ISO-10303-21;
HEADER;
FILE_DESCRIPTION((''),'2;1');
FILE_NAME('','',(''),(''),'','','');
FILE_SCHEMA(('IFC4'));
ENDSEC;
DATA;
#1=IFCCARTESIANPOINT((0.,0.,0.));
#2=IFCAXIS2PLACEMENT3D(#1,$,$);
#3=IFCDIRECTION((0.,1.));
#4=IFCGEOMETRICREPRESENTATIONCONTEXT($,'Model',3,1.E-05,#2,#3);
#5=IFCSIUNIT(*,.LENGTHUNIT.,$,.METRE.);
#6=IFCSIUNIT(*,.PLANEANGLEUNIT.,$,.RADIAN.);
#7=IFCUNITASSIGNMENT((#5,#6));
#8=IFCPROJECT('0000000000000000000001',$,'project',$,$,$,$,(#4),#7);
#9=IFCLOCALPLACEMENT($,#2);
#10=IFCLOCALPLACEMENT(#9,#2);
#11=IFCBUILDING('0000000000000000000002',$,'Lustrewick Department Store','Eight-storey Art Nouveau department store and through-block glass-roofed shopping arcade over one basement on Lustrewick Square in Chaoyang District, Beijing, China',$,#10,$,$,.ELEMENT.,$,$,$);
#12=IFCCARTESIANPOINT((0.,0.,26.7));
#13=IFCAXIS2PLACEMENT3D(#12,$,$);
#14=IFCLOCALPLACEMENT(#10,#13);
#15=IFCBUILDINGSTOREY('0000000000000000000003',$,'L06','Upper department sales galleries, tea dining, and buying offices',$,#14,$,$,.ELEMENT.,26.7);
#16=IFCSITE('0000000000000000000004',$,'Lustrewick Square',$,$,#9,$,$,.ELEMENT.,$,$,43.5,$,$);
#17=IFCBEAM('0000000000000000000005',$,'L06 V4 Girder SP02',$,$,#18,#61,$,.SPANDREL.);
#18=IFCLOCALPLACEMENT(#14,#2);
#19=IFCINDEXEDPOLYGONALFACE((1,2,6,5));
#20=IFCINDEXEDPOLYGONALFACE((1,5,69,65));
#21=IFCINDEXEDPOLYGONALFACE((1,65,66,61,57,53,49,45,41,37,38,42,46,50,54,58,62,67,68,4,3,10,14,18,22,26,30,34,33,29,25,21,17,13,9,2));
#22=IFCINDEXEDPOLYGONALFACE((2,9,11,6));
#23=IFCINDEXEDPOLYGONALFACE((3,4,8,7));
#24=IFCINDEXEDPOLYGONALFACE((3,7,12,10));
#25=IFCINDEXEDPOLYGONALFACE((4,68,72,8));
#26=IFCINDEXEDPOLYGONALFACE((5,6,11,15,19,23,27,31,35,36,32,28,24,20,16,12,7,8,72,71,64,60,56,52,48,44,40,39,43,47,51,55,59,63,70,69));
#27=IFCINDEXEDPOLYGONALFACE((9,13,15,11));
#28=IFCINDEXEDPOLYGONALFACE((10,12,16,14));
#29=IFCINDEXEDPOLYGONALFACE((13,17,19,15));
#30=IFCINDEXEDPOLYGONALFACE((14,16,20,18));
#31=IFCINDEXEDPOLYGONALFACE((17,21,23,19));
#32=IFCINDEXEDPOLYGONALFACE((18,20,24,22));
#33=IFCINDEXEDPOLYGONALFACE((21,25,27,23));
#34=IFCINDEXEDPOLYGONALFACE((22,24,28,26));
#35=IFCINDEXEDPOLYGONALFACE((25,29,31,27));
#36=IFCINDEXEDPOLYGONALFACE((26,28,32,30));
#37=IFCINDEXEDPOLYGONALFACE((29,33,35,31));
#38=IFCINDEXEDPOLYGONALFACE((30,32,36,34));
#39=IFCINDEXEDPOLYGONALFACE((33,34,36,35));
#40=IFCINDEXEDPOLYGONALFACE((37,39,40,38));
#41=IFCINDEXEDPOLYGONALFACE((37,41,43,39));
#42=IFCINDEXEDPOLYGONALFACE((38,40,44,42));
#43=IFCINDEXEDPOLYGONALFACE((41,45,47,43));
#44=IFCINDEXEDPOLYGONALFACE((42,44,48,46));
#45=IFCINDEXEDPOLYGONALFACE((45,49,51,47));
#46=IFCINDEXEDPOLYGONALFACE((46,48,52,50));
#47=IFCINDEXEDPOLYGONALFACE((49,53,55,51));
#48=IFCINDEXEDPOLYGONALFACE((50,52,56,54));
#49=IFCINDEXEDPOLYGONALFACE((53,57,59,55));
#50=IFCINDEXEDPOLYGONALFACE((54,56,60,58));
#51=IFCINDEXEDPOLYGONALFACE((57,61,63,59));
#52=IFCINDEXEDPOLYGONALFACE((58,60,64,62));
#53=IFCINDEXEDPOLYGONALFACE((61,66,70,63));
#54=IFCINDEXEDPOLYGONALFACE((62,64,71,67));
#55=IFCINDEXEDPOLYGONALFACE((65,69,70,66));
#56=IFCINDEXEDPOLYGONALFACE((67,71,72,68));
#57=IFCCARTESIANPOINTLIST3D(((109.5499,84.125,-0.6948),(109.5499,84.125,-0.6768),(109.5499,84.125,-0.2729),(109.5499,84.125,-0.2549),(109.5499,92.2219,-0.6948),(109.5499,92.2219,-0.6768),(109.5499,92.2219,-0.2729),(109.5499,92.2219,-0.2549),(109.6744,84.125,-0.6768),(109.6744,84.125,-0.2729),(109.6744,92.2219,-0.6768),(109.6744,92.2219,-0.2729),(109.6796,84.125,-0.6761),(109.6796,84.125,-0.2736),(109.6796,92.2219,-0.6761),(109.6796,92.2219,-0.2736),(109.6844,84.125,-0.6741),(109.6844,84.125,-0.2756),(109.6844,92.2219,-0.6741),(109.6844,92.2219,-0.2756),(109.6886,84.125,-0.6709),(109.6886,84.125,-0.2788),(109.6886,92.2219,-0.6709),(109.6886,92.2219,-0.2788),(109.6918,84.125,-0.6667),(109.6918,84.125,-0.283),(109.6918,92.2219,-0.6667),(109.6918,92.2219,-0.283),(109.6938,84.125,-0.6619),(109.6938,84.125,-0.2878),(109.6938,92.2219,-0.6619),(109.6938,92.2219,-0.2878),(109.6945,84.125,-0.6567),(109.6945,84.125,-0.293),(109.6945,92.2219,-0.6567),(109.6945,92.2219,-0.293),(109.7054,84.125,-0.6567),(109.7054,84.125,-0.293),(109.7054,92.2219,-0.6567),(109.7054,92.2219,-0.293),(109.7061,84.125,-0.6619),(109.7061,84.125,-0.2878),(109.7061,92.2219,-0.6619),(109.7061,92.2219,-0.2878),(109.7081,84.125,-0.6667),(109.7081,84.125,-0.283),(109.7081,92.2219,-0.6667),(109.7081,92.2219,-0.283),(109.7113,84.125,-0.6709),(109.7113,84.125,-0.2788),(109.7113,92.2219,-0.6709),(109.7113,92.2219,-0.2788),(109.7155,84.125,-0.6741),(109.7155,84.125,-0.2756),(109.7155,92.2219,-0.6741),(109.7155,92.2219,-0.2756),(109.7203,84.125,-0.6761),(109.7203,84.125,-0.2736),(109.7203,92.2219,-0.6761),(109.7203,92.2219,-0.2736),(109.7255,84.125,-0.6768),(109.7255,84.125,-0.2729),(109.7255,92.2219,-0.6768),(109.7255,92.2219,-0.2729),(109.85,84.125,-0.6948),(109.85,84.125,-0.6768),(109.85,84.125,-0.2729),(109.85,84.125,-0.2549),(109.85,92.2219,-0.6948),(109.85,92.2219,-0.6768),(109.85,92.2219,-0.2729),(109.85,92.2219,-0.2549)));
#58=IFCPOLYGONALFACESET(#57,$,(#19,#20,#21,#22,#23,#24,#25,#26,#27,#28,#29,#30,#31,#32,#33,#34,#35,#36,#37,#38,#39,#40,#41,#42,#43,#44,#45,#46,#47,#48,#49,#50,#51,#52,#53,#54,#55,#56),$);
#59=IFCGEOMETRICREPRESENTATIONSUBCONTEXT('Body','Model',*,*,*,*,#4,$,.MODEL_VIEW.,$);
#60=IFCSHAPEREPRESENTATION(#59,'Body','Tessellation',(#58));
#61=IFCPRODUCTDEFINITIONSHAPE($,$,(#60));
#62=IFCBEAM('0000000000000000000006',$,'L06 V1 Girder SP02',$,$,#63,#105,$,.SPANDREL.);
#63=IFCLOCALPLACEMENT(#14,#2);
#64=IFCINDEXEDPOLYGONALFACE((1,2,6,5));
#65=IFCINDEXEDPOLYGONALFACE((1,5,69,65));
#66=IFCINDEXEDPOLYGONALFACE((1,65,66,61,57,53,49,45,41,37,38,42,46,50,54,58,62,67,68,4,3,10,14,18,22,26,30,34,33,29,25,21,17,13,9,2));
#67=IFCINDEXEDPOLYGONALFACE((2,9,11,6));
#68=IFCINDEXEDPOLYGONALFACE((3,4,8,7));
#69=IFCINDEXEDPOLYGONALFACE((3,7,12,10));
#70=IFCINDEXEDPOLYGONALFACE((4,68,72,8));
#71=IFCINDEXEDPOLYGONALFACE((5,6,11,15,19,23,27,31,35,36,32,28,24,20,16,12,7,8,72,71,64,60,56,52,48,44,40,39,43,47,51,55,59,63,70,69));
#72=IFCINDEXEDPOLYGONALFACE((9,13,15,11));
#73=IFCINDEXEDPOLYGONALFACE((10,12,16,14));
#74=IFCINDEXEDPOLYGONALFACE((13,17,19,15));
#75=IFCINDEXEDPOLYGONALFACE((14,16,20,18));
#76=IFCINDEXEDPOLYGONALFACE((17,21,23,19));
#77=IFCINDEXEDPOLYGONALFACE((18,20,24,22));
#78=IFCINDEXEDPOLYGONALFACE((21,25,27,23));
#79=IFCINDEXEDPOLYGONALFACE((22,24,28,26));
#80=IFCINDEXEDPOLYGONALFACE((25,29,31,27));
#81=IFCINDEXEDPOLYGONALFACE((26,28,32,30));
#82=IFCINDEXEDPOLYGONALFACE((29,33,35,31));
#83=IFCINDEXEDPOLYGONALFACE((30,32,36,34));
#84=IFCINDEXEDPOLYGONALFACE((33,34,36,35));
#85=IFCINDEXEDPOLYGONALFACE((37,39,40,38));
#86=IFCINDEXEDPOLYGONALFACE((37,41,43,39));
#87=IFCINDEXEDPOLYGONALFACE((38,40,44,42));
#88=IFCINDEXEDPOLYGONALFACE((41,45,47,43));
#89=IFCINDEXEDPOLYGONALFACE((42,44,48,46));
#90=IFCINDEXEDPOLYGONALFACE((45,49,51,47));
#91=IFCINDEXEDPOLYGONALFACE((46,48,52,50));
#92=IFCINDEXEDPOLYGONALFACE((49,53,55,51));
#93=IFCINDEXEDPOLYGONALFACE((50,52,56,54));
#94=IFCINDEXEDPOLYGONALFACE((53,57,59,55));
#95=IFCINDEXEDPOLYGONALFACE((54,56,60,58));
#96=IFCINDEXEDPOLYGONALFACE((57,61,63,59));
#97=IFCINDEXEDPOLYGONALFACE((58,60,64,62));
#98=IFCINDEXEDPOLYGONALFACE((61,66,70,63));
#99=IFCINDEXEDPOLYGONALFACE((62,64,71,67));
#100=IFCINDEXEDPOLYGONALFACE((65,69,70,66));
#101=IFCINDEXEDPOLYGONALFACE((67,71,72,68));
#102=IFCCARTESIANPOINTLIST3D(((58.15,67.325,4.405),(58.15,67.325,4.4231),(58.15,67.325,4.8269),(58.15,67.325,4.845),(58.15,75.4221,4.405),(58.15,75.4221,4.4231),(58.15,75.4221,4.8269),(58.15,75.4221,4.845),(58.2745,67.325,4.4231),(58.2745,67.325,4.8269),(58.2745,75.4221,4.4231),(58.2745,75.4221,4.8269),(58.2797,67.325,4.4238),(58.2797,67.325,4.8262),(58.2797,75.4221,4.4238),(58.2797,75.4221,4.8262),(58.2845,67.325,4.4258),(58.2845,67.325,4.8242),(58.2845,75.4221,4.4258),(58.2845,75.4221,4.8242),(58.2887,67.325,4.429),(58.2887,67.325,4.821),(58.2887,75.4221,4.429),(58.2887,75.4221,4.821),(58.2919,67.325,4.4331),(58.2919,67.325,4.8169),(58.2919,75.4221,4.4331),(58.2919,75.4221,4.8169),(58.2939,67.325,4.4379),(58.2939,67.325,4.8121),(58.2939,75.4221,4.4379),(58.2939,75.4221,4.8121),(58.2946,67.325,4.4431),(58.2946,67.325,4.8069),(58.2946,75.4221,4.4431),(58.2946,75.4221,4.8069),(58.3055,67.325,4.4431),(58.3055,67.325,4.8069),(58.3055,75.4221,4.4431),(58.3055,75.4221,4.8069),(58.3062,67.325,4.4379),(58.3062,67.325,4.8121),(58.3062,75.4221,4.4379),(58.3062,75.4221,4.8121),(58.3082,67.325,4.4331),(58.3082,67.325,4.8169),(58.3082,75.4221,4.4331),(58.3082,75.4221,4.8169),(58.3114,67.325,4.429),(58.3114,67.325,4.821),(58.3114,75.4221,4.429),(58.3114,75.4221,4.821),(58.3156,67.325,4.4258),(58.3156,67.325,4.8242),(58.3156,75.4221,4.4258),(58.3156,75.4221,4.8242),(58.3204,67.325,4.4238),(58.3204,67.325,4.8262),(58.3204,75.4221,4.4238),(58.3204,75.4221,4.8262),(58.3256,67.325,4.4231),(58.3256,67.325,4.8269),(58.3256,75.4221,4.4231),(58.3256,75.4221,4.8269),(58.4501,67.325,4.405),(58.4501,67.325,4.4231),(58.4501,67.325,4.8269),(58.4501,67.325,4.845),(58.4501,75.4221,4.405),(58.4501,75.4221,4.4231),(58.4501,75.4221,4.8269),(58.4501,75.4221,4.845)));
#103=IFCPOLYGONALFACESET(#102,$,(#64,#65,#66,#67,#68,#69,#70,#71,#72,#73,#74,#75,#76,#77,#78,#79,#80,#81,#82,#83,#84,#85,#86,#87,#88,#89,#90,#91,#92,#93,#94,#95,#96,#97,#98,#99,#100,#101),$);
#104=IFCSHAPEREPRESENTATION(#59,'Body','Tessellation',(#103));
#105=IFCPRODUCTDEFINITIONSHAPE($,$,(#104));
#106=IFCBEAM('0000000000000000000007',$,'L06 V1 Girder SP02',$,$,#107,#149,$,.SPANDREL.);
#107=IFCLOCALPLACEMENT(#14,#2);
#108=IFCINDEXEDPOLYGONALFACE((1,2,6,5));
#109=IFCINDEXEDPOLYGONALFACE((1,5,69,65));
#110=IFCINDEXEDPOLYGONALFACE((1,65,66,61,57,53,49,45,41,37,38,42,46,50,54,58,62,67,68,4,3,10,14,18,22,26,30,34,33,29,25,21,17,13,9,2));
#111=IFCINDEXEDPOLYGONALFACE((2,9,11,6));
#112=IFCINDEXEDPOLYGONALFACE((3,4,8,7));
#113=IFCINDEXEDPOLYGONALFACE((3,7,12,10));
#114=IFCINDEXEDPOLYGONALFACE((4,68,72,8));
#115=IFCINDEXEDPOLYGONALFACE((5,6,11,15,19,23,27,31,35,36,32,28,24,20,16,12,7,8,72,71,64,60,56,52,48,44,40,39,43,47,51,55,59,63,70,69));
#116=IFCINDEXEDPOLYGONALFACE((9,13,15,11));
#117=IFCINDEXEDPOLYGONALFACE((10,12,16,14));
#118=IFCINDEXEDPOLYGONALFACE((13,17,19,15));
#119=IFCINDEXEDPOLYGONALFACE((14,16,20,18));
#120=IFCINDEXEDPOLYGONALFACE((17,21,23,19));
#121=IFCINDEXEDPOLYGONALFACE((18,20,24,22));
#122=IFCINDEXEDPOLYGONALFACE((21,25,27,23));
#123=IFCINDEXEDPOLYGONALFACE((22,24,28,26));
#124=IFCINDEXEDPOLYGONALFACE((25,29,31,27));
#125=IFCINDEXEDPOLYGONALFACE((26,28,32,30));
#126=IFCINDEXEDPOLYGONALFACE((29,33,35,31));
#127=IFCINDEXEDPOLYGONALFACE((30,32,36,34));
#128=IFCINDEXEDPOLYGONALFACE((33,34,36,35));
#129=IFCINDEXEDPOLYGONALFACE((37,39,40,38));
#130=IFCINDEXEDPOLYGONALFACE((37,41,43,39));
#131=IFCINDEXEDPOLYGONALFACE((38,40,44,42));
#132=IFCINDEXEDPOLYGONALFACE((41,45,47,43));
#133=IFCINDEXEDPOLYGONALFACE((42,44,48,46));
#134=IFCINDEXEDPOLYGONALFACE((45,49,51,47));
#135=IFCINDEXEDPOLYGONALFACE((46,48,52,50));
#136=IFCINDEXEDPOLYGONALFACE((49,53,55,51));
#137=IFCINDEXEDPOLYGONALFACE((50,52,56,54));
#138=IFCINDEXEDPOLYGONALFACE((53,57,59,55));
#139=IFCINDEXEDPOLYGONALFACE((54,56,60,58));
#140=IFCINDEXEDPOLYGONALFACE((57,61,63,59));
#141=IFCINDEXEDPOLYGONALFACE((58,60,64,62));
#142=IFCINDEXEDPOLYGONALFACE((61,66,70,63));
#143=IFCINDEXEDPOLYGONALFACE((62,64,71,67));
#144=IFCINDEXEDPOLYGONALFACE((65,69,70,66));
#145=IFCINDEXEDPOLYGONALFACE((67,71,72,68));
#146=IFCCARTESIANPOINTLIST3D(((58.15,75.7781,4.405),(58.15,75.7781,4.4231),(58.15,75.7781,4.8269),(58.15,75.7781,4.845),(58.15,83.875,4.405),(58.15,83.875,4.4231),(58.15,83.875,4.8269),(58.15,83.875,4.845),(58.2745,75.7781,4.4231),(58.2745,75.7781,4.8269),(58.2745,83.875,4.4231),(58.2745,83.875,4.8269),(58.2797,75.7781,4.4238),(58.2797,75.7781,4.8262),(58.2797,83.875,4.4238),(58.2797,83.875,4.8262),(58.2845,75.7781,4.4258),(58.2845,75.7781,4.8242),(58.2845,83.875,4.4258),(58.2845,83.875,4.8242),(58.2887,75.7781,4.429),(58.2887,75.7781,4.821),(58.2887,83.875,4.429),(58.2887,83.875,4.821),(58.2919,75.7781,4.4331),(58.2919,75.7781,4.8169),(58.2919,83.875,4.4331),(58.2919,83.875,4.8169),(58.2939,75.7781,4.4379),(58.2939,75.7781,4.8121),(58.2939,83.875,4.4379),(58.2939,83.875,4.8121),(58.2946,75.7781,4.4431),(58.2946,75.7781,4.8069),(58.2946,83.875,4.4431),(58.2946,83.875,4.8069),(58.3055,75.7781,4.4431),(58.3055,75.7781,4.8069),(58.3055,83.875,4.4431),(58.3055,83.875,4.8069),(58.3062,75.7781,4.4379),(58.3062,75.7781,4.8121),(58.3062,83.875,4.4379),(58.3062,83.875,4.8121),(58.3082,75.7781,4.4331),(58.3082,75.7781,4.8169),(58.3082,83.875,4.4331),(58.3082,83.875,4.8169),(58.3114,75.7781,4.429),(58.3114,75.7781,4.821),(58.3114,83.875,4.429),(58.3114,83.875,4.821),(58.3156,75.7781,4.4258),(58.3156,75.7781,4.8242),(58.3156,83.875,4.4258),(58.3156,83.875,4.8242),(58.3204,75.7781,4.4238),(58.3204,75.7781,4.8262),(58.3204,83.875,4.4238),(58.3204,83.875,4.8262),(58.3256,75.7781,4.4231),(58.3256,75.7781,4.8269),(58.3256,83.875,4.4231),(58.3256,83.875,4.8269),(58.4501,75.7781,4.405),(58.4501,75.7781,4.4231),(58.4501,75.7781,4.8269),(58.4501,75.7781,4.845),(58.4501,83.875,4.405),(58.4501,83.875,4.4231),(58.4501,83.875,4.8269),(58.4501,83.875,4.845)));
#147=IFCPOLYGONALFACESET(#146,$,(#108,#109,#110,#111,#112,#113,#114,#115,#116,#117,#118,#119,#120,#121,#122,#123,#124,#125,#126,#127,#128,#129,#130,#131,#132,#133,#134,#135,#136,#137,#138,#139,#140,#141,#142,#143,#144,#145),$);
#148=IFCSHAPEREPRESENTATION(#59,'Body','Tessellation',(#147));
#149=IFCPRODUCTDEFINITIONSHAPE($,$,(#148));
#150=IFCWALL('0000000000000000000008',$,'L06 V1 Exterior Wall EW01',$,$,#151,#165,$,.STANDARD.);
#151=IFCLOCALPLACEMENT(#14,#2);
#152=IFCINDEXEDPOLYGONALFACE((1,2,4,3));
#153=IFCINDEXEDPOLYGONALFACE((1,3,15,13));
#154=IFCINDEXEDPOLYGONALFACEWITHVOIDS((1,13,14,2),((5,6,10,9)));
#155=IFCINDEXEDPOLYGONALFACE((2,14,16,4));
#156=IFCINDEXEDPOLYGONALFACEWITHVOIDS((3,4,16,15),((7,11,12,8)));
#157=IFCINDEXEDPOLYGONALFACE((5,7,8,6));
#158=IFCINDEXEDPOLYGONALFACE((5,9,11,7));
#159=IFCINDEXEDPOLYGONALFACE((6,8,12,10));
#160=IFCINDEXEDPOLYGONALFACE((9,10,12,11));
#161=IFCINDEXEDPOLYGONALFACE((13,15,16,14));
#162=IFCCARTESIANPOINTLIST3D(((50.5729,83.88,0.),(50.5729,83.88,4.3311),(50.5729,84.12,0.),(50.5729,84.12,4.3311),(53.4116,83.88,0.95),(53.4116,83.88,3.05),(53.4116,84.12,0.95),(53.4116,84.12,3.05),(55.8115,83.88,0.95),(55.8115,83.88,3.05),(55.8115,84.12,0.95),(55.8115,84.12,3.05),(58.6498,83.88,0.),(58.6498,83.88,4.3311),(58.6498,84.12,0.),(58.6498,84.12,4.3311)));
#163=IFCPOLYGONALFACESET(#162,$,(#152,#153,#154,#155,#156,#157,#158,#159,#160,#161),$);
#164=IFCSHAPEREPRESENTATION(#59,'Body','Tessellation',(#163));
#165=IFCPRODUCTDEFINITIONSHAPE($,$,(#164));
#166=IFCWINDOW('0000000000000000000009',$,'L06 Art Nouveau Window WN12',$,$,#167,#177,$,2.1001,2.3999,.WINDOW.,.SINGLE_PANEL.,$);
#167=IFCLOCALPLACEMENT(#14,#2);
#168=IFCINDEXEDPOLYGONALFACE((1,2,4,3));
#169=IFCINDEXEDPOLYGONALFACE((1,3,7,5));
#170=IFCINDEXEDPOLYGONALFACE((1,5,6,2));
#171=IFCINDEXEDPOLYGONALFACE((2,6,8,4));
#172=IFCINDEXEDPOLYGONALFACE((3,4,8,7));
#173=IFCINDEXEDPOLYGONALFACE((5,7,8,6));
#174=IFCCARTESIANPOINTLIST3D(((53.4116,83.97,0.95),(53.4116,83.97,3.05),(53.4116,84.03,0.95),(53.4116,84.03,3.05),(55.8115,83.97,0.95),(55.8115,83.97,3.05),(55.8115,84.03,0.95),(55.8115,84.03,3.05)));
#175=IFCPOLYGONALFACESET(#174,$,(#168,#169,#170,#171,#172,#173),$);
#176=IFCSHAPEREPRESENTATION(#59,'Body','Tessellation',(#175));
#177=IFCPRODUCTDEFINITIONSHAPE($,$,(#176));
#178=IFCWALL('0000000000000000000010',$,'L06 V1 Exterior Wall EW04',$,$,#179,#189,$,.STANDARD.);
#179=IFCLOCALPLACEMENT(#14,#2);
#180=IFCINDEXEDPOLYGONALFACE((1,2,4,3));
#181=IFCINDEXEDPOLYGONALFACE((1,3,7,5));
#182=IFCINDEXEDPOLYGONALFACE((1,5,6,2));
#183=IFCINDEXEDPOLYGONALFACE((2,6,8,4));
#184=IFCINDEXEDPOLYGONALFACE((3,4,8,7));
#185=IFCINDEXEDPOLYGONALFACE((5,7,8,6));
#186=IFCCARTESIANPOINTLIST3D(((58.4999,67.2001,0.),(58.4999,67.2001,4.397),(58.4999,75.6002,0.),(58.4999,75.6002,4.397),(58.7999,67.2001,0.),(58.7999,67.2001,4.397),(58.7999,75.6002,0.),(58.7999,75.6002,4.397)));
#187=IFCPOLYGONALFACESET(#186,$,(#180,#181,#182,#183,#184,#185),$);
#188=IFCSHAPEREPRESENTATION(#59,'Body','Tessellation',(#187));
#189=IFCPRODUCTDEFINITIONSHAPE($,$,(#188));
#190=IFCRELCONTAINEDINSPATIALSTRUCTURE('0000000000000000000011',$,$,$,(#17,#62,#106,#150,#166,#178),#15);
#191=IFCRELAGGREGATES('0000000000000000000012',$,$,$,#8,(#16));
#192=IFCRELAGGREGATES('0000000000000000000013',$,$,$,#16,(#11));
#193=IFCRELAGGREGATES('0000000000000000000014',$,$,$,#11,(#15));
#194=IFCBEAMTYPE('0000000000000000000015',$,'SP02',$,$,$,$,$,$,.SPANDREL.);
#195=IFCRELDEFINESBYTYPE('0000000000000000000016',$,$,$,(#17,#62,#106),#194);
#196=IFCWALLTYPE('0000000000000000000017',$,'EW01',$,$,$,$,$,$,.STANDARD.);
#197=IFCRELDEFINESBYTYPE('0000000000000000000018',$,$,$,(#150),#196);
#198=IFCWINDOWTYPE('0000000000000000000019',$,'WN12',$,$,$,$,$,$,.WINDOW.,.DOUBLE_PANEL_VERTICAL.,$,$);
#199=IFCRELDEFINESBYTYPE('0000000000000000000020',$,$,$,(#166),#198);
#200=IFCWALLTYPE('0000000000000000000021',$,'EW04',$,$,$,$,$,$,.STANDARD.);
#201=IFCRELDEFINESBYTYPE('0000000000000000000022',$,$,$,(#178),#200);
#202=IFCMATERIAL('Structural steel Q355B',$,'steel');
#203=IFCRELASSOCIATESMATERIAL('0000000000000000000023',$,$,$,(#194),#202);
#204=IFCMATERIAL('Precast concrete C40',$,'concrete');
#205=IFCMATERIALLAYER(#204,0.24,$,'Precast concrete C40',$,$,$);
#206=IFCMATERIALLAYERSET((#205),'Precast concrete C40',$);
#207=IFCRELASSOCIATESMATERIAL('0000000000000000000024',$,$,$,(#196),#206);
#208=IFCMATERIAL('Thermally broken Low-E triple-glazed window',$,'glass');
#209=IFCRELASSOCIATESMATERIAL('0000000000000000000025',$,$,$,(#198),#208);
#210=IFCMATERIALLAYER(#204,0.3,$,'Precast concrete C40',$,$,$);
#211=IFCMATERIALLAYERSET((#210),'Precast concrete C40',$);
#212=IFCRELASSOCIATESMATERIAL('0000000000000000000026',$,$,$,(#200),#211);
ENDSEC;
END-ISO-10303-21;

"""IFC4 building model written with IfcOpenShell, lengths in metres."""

from ifc_helpers import new_model, si_unit, direction, frame, frame_2d, origin, origin_2d, place, context, subcontext, project, spatial, rectangle, i_section, extrude, material, layer, layer_set, material_profile, profile_set, type_object, element, fill, save


model = new_model("IFC4")

# Units and contexts
model_context = context("Model", 3, precision=1e-05, world=origin(), true_north=direction((0.0, 1.0)))
body_context = subcontext(model_context, "Body", "Model", "MODEL_VIEW")
ifc_project = project(units=[si_unit("LENGTHUNIT", "METRE"), si_unit("PLANEANGLEUNIT", "RADIAN")], contexts=[model_context])

# Site, building, storey
site_placement = place(None, origin())
site = spatial("IfcSite", under=ifc_project, at=site_placement, Name="Lustrewick Square", CompositionType="ELEMENT", RefElevation=43.5)
building_placement = place(site_placement, origin())
building = spatial("IfcBuilding", under=site, at=building_placement, Name="Lustrewick Department Store", Description="Eight-storey Art Nouveau department store and through-block glass-roofed shopping arcade over one basement on Lustrewick Square in Chaoyang District, Beijing, China", CompositionType="ELEMENT")
storey_placement = place(building_placement, frame((0.0, 0.0, 26.7)))
storey = spatial("IfcBuildingStorey", under=building, at=storey_placement, Name="L06", Description="Upper department sales galleries, tea dining, and buying offices", CompositionType="ELEMENT", Elevation=26.7)

# Shared definitions
ifc_material_1 = material(Name="Structural steel Q355B", Category="steel")

# Beams
ifc_material_profile_1 = material_profile(ifc_material_1, i_section(OverallWidth=0.3, OverallDepth=0.4399, WebThickness=0.011, FlangeThickness=0.0181, FilletRadius=0.02, at=origin_2d()), Name="HM 440x300x11x18")
ifc_profile_set_1 = profile_set([ifc_material_profile_1], Name="Structural steel Q355B")
beam_type_1 = type_object("IfcBeamType", Name="SP02", PredefinedType="SPANDREL", material=ifc_profile_set_1)
for number, where, z_axis, x_axis, name in (
    (1, (109.7, 84.125, -0.4749), (0.0, 1.0, 0.0), (-1.0, 0.0, 0.0), "L06 V4 Girder SP02"),
):
    element("IfcBeam", number, at=place(storey_placement, frame(where, z_axis=z_axis, x_axis=x_axis)), inside=storey, type_object=beam_type_1, Name=name, PredefinedType="SPANDREL", context=body_context, shape_type="SweptSolid", body=[
        extrude(i_section(OverallWidth=0.3, OverallDepth=0.4399, WebThickness=0.011, FlangeThickness=0.0181, FilletRadius=0.02, at=origin_2d()), origin(), (0.0, 0.0, 1.0), 8.0969),
    ])
beam_1_placement = place(storey_placement, frame((58.3, 67.325, 4.625), z_axis=(0.0, 1.0, 0.0), x_axis=(-1.0, 0.0, 0.0)))
element("IfcBeam", 2, at=beam_1_placement, inside=storey, type_object=beam_type_1, Name="L06 V1 Girder SP02", PredefinedType="SPANDREL", context=body_context, shape_type="SweptSolid", body=[
    extrude(i_section(OverallWidth=0.3, OverallDepth=0.4399, WebThickness=0.011, FlangeThickness=0.0181, FilletRadius=0.02, at=origin_2d()), origin(), (0.0, 0.0, 1.0), 8.0972),
])
beam_2_placement = place(storey_placement, frame((58.3, 75.7781, 4.625), z_axis=(0.0, 1.0, 0.0), x_axis=(-1.0, 0.0, 0.0)))
element("IfcBeam", 3, at=beam_2_placement, inside=storey, type_object=beam_type_1, Name="L06 V1 Girder SP02", PredefinedType="SPANDREL", context=body_context, shape_type="SweptSolid", body=[
    extrude(i_section(OverallWidth=0.3, OverallDepth=0.4399, WebThickness=0.011, FlangeThickness=0.0181, FilletRadius=0.02, at=origin_2d()), origin(), (0.0, 0.0, 1.0), 8.0969),
])

# Wall, opening, window
ifc_material_2 = material(Name="Precast concrete C40", Category="concrete")
ifc_layer_1 = layer(ifc_material_2, 0.24, Name="Precast concrete C40")
ifc_layer_set_1 = layer_set([ifc_layer_1], Name="Precast concrete C40")
wall_type_1 = type_object("IfcWallType", Name="EW01", PredefinedType="STANDARD", material=ifc_layer_set_1)
wall_1_placement = place(storey_placement, frame((58.6499, 84.0, 0.0), z_axis=(0.0, 0.0, 1.0), x_axis=(-1.0, 0.0, 0.0)))
wall_1 = element("IfcWall", 4, at=wall_1_placement, inside=storey, type_object=wall_type_1, Name="L06 V1 Exterior Wall EW01", PredefinedType="STANDARD", context=body_context, shape_type="SweptSolid", body=[
    extrude(rectangle(XDim=8.0769, YDim=0.24, at=frame_2d((4.0386, 0.0))), origin(), (0.0, 0.0, 1.0), 4.3311),
])
opening_1_placement = place(wall_1_placement, frame((2.8384, 0.0, 0.95)))
opening_1 = element("IfcOpeningElement", 5, at=opening_1_placement, cuts=wall_1, PredefinedType="OPENING", context=body_context, shape_type="SweptSolid", body=[
    extrude(rectangle(XDim=2.3999, YDim=2.1001, at=frame_2d((1.2, 1.05))), frame((0.0, 0.1299, 0.0), z_axis=(0.0, -1.0, 0.0), x_axis=(1.0, 0.0, 0.0)), (0.0, 0.0, 1.0), 0.26),
])
ifc_material_3 = material(Name="Thermally broken Low-E triple-glazed window", Category="glass")
window_type = type_object("IfcWindowType", Name="WN12", PartitioningType="DOUBLE_PANEL_VERTICAL", PredefinedType="WINDOW", material=ifc_material_3)
window_placement = place(opening_1_placement, origin())
window = element("IfcWindow", 6, at=window_placement, inside=storey, type_object=window_type, Name="L06 Art Nouveau Window WN12", OverallHeight=2.1001, OverallWidth=2.3999, PartitioningType="SINGLE_PANEL", PredefinedType="WINDOW", context=body_context, shape_type="SweptSolid", body=[
    extrude(rectangle(XDim=2.3999, YDim=2.1001, at=frame_2d((1.2, 1.05))), frame((0.0, 0.03, 0.0), z_axis=(0.0, -1.0, 0.0), x_axis=(1.0, 0.0, 0.0)), (0.0, 0.0, 1.0), 0.0601),
])
fill(opening_1, window)

# Wall
ifc_layer_2 = layer(ifc_material_2, 0.3, Name="Precast concrete C40")
ifc_layer_set_2 = layer_set([ifc_layer_2], Name="Precast concrete C40")
wall_type_2 = type_object("IfcWallType", Name="EW04", PredefinedType="STANDARD", material=ifc_layer_set_2)
wall_2_placement = place(storey_placement, frame((58.6499, 67.2, 0.0), z_axis=(0.0, 0.0, 1.0), x_axis=(0.0, 1.0, 0.0)))
element("IfcWall", 7, at=wall_2_placement, inside=storey, type_object=wall_type_2, Name="L06 V1 Exterior Wall EW04", PredefinedType="STANDARD", context=body_context, shape_type="SweptSolid", body=[
    extrude(rectangle(XDim=8.4001, YDim=0.3, at=frame_2d((4.2002, 0.0))), origin(), (0.0, 0.0, 1.0), 4.397),
])

save(model, "model.ifc")
